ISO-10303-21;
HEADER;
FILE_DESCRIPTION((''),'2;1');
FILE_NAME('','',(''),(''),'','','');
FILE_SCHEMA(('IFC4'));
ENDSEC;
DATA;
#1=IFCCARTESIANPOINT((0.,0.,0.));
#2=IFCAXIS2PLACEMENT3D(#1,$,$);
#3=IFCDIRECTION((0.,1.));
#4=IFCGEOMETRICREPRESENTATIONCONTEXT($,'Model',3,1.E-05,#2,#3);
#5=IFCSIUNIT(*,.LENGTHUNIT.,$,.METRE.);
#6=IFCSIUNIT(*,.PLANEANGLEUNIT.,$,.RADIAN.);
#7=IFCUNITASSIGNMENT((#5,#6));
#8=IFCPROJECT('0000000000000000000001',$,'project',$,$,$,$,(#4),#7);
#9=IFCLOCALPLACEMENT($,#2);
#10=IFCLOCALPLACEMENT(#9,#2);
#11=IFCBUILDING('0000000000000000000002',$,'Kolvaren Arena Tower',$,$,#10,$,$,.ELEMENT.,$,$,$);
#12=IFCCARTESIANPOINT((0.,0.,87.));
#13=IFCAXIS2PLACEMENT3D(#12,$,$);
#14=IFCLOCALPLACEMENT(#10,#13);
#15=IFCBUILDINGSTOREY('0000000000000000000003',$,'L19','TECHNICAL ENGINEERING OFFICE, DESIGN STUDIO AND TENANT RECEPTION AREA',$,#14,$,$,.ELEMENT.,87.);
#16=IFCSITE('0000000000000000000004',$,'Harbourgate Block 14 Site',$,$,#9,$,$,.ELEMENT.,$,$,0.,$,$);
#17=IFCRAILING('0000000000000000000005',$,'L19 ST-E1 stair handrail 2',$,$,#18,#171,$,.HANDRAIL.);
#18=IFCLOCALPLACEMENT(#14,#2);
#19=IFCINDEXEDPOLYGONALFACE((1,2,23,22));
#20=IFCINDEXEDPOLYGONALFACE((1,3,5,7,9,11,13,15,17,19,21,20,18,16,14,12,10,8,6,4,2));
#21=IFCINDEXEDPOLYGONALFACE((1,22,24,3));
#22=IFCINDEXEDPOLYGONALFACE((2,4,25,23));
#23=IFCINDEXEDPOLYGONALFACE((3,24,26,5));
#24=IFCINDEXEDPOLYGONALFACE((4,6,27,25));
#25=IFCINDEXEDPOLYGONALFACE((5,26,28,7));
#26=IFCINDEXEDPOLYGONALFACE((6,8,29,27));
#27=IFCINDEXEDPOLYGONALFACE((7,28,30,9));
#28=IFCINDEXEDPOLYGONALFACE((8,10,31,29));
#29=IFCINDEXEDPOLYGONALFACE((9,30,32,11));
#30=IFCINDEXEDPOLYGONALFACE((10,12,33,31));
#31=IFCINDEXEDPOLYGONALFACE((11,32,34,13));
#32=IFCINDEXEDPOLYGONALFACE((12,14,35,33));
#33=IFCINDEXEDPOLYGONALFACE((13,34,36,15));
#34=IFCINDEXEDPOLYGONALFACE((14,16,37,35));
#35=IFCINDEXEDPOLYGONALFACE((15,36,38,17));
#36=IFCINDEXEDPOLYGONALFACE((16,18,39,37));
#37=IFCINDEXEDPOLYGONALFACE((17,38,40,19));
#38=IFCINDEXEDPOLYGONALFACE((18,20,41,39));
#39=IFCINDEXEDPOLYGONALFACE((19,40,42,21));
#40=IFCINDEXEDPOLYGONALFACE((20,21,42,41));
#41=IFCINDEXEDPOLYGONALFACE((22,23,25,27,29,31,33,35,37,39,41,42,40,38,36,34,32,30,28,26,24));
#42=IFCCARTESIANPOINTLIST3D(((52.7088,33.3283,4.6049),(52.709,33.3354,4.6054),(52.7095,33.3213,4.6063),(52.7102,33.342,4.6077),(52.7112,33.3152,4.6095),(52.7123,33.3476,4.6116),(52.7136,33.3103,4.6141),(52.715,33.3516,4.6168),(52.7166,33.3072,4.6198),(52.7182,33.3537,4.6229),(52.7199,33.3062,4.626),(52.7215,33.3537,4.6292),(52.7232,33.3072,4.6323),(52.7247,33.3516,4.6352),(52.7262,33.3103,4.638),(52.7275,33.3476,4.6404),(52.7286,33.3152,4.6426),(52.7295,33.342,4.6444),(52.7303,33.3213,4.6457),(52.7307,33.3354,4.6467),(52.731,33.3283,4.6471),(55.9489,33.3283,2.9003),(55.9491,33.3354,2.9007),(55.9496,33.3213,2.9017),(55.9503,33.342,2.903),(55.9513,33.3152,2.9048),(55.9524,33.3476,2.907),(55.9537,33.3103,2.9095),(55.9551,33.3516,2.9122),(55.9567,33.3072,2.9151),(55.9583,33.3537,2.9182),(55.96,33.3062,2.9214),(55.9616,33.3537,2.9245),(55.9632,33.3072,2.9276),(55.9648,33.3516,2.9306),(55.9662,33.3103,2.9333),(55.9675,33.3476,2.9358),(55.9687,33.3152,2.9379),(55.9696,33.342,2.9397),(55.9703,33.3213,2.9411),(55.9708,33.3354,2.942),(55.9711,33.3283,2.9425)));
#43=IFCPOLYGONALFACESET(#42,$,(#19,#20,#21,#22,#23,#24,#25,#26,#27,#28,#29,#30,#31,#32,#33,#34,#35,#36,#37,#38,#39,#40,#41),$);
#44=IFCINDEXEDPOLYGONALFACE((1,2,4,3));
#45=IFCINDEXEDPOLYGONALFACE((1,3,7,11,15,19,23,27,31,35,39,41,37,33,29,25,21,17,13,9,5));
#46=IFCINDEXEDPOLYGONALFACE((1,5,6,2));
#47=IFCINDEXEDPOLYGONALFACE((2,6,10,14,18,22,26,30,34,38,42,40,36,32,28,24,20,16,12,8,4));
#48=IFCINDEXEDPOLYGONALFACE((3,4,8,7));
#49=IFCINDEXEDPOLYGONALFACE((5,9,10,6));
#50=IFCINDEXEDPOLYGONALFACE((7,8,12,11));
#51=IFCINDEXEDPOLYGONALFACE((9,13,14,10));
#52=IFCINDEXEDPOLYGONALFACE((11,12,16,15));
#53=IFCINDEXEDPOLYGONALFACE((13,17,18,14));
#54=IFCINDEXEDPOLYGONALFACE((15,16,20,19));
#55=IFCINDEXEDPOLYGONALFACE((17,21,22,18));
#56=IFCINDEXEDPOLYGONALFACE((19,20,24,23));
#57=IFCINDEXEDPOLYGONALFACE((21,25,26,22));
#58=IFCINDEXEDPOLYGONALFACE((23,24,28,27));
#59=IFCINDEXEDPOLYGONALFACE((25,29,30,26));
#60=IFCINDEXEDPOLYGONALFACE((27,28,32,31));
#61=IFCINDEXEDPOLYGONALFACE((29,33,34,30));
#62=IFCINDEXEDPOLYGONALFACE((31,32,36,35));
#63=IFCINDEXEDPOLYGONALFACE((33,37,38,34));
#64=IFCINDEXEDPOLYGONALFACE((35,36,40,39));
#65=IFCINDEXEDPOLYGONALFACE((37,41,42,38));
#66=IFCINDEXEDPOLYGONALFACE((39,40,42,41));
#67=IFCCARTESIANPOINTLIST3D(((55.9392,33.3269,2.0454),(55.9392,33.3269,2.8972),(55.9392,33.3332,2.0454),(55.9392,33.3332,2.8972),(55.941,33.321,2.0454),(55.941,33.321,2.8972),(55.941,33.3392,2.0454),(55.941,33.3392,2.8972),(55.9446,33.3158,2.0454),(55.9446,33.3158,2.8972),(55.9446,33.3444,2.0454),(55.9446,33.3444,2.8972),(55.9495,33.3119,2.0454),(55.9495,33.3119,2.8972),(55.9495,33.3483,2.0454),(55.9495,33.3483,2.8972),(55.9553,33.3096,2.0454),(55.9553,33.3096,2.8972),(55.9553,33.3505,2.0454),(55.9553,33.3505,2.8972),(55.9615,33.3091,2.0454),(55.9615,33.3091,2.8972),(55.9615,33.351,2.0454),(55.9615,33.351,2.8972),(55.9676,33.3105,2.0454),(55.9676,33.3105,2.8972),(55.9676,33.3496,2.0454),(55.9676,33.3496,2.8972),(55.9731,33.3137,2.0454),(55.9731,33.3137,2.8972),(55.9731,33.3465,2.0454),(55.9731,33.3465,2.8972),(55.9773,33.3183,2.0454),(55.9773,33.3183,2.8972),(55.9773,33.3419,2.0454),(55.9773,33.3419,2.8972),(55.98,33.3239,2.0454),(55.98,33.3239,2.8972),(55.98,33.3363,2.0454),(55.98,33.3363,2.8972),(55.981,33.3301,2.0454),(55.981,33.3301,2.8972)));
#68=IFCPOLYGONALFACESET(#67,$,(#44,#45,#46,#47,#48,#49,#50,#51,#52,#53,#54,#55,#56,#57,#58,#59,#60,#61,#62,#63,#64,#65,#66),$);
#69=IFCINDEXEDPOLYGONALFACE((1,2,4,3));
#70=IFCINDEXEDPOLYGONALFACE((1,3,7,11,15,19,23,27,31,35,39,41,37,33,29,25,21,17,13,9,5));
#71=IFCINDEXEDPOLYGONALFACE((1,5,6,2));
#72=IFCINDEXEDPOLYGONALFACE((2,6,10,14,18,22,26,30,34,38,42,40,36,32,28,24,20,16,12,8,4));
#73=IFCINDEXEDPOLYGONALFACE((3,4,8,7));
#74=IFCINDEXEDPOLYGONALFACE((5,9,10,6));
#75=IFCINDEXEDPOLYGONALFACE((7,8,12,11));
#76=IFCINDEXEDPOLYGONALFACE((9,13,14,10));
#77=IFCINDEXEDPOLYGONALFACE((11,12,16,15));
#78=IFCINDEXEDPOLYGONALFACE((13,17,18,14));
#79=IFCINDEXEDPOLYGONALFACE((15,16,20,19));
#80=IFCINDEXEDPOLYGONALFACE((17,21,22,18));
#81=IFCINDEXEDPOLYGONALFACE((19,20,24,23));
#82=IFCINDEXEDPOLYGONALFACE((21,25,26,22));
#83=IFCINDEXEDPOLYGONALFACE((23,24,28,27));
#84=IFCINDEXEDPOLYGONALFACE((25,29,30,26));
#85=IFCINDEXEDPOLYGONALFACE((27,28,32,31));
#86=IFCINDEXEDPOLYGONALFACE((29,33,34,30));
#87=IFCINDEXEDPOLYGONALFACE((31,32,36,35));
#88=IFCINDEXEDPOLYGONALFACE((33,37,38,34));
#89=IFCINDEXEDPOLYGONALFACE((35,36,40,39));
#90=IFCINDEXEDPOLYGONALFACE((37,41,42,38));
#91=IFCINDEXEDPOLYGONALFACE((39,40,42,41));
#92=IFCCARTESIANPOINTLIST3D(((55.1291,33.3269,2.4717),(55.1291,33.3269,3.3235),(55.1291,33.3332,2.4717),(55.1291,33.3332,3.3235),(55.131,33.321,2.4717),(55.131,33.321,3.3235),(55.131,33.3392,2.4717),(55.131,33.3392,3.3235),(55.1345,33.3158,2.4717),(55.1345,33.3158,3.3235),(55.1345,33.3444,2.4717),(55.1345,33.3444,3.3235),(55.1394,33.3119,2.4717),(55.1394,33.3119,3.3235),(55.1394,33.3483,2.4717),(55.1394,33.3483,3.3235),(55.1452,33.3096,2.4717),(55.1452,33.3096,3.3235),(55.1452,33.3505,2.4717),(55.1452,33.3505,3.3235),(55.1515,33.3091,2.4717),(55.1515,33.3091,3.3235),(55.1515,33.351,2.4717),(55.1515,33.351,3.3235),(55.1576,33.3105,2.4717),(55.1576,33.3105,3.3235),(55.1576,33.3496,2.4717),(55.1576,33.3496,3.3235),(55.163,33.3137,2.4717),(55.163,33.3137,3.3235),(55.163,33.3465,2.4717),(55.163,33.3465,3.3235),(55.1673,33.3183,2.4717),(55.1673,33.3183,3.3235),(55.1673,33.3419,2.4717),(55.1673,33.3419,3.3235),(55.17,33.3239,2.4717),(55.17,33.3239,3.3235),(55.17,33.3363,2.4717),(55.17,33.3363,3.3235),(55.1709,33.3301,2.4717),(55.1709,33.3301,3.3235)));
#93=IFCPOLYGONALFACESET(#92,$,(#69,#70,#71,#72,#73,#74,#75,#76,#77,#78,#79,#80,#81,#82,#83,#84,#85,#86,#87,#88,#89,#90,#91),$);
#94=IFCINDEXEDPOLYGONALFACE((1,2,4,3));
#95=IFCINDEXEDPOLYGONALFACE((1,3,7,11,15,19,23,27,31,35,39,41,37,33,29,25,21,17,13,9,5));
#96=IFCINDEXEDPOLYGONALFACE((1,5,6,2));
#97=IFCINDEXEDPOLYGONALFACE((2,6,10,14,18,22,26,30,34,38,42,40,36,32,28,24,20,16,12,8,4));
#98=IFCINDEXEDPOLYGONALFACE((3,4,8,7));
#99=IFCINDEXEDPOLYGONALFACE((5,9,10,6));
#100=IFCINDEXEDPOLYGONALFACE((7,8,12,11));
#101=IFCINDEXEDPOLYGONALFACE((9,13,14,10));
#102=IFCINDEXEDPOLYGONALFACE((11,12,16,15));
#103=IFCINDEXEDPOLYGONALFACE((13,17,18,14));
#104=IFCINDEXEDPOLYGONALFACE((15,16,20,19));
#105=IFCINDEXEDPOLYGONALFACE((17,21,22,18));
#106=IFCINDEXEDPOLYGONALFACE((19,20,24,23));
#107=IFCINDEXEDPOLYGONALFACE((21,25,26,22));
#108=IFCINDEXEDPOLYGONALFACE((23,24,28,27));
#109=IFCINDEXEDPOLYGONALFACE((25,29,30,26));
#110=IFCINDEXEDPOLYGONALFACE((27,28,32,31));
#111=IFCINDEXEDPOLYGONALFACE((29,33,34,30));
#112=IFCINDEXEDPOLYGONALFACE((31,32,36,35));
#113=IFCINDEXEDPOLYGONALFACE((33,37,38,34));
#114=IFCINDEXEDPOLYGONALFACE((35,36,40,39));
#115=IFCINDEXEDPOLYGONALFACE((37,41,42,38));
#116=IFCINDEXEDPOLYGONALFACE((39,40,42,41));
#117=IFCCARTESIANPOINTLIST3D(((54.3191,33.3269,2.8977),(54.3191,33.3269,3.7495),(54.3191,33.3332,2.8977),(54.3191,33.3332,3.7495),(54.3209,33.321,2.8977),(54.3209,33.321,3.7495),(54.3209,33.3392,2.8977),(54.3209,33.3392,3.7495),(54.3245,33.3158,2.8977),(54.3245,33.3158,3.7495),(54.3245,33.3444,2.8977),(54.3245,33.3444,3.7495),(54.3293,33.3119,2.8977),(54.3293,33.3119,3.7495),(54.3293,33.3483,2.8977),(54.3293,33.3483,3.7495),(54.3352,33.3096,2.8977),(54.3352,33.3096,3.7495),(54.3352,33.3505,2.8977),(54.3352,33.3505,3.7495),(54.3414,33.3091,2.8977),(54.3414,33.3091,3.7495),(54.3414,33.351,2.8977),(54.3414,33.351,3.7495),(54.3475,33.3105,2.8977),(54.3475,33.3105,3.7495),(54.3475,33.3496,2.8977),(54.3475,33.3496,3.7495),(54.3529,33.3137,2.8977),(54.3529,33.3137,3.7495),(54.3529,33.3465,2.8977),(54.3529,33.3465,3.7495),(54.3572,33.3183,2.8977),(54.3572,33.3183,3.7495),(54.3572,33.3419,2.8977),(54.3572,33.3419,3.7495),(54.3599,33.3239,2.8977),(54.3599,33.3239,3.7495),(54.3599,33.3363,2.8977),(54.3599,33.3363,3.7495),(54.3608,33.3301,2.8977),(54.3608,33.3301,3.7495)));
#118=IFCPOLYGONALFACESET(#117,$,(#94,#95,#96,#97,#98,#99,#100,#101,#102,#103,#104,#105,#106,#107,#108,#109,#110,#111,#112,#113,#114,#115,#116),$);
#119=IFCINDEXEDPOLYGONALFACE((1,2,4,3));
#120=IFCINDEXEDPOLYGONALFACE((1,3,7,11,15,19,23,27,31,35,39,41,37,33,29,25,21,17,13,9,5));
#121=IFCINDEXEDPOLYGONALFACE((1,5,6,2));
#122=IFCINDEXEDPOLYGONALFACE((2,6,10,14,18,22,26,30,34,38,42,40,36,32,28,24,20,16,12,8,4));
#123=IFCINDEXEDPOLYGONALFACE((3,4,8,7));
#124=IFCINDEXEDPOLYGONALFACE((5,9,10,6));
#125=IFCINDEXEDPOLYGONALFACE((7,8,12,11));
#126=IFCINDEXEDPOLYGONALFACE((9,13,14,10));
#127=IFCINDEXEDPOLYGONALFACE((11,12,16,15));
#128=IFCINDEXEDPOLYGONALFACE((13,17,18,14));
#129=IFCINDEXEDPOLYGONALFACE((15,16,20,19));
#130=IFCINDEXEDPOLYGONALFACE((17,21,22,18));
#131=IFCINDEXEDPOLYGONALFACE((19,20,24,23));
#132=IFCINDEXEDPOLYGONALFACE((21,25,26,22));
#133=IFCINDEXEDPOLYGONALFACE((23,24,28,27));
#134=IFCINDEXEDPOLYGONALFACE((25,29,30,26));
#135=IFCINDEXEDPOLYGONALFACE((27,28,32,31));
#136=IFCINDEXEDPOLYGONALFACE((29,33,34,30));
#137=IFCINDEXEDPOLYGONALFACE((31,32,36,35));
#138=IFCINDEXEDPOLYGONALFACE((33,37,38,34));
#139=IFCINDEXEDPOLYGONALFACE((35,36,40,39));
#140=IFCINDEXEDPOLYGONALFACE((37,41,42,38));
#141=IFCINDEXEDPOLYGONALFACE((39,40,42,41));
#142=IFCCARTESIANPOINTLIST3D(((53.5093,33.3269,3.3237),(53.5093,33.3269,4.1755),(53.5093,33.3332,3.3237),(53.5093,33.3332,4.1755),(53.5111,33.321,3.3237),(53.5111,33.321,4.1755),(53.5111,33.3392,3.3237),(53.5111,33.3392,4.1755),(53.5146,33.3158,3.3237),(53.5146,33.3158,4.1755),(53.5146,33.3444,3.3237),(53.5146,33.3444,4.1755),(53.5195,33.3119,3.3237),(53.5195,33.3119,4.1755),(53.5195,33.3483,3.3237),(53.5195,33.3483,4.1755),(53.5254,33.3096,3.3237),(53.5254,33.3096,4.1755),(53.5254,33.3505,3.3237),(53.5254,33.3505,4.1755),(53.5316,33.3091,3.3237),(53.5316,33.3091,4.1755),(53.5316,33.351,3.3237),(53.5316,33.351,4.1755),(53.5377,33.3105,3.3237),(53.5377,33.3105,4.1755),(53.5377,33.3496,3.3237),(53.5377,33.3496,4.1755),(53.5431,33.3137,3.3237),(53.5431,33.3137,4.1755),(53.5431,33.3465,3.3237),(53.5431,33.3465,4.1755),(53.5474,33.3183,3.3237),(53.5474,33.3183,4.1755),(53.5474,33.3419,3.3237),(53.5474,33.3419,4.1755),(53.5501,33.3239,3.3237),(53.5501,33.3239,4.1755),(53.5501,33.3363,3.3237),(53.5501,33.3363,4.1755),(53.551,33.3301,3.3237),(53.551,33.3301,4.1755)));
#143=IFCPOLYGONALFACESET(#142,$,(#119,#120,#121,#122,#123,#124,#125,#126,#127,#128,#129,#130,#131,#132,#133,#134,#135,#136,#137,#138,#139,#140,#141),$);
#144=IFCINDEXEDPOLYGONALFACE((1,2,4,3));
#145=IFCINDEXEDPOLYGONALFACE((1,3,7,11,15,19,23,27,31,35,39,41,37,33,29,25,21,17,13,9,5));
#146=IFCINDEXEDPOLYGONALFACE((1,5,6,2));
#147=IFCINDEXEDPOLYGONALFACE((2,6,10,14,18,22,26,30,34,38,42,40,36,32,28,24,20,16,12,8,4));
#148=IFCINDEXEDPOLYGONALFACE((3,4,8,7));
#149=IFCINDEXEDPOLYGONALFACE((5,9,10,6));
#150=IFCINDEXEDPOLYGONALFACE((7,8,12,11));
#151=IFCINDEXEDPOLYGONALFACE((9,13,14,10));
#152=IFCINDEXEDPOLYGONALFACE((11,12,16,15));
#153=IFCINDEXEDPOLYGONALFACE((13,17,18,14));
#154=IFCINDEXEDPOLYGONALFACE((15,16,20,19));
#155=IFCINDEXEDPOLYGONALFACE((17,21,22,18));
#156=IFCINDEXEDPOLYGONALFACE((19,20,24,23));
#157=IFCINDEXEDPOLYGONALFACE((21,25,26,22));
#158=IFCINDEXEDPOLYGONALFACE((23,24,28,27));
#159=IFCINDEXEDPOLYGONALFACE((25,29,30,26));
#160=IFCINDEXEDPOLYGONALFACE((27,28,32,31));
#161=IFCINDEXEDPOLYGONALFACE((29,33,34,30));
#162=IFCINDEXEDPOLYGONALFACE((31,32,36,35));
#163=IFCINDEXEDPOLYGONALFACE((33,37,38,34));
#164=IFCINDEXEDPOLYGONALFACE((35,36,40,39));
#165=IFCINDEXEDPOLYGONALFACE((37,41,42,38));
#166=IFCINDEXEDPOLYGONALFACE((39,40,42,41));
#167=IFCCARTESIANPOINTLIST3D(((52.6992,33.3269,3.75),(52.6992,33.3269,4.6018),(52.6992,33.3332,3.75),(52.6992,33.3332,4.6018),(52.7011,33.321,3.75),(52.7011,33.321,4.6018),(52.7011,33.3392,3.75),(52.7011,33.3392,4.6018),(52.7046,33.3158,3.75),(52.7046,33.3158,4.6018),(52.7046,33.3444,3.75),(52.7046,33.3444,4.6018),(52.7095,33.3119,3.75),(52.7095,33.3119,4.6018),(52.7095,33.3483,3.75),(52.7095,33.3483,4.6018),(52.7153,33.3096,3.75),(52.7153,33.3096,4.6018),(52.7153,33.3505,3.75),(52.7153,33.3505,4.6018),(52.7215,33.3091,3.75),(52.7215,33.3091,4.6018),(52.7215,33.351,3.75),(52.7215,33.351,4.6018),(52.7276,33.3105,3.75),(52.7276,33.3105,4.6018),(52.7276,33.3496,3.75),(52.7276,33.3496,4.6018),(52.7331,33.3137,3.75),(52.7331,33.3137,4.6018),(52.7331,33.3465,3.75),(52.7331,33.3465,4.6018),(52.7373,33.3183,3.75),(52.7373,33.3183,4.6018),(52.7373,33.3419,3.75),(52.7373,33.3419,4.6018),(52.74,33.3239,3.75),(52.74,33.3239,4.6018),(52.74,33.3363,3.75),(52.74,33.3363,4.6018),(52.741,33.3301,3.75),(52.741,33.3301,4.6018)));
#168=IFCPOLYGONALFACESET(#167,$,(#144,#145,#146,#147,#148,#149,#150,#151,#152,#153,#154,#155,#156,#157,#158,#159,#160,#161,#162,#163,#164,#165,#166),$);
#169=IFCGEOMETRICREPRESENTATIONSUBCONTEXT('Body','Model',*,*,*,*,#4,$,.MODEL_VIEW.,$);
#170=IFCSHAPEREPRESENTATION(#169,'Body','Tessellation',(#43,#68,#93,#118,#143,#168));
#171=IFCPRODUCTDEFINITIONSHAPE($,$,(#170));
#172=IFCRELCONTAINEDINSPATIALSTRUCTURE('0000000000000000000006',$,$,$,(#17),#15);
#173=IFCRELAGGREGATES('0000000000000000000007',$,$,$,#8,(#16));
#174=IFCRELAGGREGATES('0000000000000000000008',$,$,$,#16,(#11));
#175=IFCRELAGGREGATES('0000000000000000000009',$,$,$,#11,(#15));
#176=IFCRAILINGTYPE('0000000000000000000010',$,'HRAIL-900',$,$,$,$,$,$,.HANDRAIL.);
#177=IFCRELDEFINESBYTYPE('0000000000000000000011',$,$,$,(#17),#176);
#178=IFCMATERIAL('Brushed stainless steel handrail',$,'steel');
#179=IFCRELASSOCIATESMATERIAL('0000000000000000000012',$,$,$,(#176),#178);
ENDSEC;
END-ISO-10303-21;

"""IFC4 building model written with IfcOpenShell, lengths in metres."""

from ifc_helpers import new_model, si_unit, direction, frame, origin, origin_2d, place, context, subcontext, project, spatial, circle, extrude, material, type_object, element, save


model = new_model("IFC4")

# Units and contexts
model_context = context("Model", 3, precision=1e-05, world=origin(), true_north=direction((0.0, 1.0)))
body_context = subcontext(model_context, "Body", "Model", "MODEL_VIEW")
ifc_project = project(units=[si_unit("LENGTHUNIT", "METRE"), si_unit("PLANEANGLEUNIT", "RADIAN")], contexts=[model_context])

# Site, building, storey
site_placement = place(None, origin())
site = spatial("IfcSite", under=ifc_project, at=site_placement, Name="Harbourgate Block 14 Site", CompositionType="ELEMENT", RefElevation=0.0)
building_placement = place(site_placement, origin())
building = spatial("IfcBuilding", under=site, at=building_placement, Name="Kolvaren Arena Tower", CompositionType="ELEMENT")
storey_placement = place(building_placement, frame((0.0, 0.0, 87.0)))
storey = spatial("IfcBuildingStorey", under=building, at=storey_placement, Name="L19", Description="TECHNICAL ENGINEERING OFFICE, DESIGN STUDIO AND TENANT RECEPTION AREA", CompositionType="ELEMENT", Elevation=87.0)

# Railing
ifc_material_1 = material(Name="Brushed stainless steel handrail", Category="steel")
railing_type_1 = type_object("IfcRailingType", Name="HRAIL-900", PredefinedType="HANDRAIL", material=ifc_material_1)
railing_1_placement = place(storey_placement, frame((55.96, 33.3301, 2.0454)))
element("IfcRailing", 1, at=railing_1_placement, inside=storey, type_object=railing_type_1, Name="L19 ST-E1 stair handrail 2", PredefinedType="HANDRAIL", context=body_context, shape_type="SweptSolid", body=[
    extrude(circle(Radius=0.0239, at=origin_2d()), frame((0.0, 0.0, 0.876), z_axis=(-0.884993, 0.0, 0.465604), x_axis=(0.0, -1.0, 0.0)), (0.0, 0.0, 1.0), 3.6611),
    extrude(circle(Radius=0.021, at=origin_2d()), origin(), (0.0, 0.0, 1.0), 0.8518),
    extrude(circle(Radius=0.021, at=origin_2d()), frame((-0.8101, 0.0, 0.4263)), (0.0, 0.0, 1.0), 0.8518),
    extrude(circle(Radius=0.021, at=origin_2d()), frame((-1.6201, 0.0, 0.8523)), (0.0, 0.0, 1.0), 0.8518),
    extrude(circle(Radius=0.021, at=origin_2d()), frame((-2.4299, 0.0, 1.2783)), (0.0, 0.0, 1.0), 0.8518),
    extrude(circle(Radius=0.021, at=origin_2d()), frame((-3.24, 0.0, 1.7046)), (0.0, 0.0, 1.0), 0.8518),
])

save(model, "model.ifc")
